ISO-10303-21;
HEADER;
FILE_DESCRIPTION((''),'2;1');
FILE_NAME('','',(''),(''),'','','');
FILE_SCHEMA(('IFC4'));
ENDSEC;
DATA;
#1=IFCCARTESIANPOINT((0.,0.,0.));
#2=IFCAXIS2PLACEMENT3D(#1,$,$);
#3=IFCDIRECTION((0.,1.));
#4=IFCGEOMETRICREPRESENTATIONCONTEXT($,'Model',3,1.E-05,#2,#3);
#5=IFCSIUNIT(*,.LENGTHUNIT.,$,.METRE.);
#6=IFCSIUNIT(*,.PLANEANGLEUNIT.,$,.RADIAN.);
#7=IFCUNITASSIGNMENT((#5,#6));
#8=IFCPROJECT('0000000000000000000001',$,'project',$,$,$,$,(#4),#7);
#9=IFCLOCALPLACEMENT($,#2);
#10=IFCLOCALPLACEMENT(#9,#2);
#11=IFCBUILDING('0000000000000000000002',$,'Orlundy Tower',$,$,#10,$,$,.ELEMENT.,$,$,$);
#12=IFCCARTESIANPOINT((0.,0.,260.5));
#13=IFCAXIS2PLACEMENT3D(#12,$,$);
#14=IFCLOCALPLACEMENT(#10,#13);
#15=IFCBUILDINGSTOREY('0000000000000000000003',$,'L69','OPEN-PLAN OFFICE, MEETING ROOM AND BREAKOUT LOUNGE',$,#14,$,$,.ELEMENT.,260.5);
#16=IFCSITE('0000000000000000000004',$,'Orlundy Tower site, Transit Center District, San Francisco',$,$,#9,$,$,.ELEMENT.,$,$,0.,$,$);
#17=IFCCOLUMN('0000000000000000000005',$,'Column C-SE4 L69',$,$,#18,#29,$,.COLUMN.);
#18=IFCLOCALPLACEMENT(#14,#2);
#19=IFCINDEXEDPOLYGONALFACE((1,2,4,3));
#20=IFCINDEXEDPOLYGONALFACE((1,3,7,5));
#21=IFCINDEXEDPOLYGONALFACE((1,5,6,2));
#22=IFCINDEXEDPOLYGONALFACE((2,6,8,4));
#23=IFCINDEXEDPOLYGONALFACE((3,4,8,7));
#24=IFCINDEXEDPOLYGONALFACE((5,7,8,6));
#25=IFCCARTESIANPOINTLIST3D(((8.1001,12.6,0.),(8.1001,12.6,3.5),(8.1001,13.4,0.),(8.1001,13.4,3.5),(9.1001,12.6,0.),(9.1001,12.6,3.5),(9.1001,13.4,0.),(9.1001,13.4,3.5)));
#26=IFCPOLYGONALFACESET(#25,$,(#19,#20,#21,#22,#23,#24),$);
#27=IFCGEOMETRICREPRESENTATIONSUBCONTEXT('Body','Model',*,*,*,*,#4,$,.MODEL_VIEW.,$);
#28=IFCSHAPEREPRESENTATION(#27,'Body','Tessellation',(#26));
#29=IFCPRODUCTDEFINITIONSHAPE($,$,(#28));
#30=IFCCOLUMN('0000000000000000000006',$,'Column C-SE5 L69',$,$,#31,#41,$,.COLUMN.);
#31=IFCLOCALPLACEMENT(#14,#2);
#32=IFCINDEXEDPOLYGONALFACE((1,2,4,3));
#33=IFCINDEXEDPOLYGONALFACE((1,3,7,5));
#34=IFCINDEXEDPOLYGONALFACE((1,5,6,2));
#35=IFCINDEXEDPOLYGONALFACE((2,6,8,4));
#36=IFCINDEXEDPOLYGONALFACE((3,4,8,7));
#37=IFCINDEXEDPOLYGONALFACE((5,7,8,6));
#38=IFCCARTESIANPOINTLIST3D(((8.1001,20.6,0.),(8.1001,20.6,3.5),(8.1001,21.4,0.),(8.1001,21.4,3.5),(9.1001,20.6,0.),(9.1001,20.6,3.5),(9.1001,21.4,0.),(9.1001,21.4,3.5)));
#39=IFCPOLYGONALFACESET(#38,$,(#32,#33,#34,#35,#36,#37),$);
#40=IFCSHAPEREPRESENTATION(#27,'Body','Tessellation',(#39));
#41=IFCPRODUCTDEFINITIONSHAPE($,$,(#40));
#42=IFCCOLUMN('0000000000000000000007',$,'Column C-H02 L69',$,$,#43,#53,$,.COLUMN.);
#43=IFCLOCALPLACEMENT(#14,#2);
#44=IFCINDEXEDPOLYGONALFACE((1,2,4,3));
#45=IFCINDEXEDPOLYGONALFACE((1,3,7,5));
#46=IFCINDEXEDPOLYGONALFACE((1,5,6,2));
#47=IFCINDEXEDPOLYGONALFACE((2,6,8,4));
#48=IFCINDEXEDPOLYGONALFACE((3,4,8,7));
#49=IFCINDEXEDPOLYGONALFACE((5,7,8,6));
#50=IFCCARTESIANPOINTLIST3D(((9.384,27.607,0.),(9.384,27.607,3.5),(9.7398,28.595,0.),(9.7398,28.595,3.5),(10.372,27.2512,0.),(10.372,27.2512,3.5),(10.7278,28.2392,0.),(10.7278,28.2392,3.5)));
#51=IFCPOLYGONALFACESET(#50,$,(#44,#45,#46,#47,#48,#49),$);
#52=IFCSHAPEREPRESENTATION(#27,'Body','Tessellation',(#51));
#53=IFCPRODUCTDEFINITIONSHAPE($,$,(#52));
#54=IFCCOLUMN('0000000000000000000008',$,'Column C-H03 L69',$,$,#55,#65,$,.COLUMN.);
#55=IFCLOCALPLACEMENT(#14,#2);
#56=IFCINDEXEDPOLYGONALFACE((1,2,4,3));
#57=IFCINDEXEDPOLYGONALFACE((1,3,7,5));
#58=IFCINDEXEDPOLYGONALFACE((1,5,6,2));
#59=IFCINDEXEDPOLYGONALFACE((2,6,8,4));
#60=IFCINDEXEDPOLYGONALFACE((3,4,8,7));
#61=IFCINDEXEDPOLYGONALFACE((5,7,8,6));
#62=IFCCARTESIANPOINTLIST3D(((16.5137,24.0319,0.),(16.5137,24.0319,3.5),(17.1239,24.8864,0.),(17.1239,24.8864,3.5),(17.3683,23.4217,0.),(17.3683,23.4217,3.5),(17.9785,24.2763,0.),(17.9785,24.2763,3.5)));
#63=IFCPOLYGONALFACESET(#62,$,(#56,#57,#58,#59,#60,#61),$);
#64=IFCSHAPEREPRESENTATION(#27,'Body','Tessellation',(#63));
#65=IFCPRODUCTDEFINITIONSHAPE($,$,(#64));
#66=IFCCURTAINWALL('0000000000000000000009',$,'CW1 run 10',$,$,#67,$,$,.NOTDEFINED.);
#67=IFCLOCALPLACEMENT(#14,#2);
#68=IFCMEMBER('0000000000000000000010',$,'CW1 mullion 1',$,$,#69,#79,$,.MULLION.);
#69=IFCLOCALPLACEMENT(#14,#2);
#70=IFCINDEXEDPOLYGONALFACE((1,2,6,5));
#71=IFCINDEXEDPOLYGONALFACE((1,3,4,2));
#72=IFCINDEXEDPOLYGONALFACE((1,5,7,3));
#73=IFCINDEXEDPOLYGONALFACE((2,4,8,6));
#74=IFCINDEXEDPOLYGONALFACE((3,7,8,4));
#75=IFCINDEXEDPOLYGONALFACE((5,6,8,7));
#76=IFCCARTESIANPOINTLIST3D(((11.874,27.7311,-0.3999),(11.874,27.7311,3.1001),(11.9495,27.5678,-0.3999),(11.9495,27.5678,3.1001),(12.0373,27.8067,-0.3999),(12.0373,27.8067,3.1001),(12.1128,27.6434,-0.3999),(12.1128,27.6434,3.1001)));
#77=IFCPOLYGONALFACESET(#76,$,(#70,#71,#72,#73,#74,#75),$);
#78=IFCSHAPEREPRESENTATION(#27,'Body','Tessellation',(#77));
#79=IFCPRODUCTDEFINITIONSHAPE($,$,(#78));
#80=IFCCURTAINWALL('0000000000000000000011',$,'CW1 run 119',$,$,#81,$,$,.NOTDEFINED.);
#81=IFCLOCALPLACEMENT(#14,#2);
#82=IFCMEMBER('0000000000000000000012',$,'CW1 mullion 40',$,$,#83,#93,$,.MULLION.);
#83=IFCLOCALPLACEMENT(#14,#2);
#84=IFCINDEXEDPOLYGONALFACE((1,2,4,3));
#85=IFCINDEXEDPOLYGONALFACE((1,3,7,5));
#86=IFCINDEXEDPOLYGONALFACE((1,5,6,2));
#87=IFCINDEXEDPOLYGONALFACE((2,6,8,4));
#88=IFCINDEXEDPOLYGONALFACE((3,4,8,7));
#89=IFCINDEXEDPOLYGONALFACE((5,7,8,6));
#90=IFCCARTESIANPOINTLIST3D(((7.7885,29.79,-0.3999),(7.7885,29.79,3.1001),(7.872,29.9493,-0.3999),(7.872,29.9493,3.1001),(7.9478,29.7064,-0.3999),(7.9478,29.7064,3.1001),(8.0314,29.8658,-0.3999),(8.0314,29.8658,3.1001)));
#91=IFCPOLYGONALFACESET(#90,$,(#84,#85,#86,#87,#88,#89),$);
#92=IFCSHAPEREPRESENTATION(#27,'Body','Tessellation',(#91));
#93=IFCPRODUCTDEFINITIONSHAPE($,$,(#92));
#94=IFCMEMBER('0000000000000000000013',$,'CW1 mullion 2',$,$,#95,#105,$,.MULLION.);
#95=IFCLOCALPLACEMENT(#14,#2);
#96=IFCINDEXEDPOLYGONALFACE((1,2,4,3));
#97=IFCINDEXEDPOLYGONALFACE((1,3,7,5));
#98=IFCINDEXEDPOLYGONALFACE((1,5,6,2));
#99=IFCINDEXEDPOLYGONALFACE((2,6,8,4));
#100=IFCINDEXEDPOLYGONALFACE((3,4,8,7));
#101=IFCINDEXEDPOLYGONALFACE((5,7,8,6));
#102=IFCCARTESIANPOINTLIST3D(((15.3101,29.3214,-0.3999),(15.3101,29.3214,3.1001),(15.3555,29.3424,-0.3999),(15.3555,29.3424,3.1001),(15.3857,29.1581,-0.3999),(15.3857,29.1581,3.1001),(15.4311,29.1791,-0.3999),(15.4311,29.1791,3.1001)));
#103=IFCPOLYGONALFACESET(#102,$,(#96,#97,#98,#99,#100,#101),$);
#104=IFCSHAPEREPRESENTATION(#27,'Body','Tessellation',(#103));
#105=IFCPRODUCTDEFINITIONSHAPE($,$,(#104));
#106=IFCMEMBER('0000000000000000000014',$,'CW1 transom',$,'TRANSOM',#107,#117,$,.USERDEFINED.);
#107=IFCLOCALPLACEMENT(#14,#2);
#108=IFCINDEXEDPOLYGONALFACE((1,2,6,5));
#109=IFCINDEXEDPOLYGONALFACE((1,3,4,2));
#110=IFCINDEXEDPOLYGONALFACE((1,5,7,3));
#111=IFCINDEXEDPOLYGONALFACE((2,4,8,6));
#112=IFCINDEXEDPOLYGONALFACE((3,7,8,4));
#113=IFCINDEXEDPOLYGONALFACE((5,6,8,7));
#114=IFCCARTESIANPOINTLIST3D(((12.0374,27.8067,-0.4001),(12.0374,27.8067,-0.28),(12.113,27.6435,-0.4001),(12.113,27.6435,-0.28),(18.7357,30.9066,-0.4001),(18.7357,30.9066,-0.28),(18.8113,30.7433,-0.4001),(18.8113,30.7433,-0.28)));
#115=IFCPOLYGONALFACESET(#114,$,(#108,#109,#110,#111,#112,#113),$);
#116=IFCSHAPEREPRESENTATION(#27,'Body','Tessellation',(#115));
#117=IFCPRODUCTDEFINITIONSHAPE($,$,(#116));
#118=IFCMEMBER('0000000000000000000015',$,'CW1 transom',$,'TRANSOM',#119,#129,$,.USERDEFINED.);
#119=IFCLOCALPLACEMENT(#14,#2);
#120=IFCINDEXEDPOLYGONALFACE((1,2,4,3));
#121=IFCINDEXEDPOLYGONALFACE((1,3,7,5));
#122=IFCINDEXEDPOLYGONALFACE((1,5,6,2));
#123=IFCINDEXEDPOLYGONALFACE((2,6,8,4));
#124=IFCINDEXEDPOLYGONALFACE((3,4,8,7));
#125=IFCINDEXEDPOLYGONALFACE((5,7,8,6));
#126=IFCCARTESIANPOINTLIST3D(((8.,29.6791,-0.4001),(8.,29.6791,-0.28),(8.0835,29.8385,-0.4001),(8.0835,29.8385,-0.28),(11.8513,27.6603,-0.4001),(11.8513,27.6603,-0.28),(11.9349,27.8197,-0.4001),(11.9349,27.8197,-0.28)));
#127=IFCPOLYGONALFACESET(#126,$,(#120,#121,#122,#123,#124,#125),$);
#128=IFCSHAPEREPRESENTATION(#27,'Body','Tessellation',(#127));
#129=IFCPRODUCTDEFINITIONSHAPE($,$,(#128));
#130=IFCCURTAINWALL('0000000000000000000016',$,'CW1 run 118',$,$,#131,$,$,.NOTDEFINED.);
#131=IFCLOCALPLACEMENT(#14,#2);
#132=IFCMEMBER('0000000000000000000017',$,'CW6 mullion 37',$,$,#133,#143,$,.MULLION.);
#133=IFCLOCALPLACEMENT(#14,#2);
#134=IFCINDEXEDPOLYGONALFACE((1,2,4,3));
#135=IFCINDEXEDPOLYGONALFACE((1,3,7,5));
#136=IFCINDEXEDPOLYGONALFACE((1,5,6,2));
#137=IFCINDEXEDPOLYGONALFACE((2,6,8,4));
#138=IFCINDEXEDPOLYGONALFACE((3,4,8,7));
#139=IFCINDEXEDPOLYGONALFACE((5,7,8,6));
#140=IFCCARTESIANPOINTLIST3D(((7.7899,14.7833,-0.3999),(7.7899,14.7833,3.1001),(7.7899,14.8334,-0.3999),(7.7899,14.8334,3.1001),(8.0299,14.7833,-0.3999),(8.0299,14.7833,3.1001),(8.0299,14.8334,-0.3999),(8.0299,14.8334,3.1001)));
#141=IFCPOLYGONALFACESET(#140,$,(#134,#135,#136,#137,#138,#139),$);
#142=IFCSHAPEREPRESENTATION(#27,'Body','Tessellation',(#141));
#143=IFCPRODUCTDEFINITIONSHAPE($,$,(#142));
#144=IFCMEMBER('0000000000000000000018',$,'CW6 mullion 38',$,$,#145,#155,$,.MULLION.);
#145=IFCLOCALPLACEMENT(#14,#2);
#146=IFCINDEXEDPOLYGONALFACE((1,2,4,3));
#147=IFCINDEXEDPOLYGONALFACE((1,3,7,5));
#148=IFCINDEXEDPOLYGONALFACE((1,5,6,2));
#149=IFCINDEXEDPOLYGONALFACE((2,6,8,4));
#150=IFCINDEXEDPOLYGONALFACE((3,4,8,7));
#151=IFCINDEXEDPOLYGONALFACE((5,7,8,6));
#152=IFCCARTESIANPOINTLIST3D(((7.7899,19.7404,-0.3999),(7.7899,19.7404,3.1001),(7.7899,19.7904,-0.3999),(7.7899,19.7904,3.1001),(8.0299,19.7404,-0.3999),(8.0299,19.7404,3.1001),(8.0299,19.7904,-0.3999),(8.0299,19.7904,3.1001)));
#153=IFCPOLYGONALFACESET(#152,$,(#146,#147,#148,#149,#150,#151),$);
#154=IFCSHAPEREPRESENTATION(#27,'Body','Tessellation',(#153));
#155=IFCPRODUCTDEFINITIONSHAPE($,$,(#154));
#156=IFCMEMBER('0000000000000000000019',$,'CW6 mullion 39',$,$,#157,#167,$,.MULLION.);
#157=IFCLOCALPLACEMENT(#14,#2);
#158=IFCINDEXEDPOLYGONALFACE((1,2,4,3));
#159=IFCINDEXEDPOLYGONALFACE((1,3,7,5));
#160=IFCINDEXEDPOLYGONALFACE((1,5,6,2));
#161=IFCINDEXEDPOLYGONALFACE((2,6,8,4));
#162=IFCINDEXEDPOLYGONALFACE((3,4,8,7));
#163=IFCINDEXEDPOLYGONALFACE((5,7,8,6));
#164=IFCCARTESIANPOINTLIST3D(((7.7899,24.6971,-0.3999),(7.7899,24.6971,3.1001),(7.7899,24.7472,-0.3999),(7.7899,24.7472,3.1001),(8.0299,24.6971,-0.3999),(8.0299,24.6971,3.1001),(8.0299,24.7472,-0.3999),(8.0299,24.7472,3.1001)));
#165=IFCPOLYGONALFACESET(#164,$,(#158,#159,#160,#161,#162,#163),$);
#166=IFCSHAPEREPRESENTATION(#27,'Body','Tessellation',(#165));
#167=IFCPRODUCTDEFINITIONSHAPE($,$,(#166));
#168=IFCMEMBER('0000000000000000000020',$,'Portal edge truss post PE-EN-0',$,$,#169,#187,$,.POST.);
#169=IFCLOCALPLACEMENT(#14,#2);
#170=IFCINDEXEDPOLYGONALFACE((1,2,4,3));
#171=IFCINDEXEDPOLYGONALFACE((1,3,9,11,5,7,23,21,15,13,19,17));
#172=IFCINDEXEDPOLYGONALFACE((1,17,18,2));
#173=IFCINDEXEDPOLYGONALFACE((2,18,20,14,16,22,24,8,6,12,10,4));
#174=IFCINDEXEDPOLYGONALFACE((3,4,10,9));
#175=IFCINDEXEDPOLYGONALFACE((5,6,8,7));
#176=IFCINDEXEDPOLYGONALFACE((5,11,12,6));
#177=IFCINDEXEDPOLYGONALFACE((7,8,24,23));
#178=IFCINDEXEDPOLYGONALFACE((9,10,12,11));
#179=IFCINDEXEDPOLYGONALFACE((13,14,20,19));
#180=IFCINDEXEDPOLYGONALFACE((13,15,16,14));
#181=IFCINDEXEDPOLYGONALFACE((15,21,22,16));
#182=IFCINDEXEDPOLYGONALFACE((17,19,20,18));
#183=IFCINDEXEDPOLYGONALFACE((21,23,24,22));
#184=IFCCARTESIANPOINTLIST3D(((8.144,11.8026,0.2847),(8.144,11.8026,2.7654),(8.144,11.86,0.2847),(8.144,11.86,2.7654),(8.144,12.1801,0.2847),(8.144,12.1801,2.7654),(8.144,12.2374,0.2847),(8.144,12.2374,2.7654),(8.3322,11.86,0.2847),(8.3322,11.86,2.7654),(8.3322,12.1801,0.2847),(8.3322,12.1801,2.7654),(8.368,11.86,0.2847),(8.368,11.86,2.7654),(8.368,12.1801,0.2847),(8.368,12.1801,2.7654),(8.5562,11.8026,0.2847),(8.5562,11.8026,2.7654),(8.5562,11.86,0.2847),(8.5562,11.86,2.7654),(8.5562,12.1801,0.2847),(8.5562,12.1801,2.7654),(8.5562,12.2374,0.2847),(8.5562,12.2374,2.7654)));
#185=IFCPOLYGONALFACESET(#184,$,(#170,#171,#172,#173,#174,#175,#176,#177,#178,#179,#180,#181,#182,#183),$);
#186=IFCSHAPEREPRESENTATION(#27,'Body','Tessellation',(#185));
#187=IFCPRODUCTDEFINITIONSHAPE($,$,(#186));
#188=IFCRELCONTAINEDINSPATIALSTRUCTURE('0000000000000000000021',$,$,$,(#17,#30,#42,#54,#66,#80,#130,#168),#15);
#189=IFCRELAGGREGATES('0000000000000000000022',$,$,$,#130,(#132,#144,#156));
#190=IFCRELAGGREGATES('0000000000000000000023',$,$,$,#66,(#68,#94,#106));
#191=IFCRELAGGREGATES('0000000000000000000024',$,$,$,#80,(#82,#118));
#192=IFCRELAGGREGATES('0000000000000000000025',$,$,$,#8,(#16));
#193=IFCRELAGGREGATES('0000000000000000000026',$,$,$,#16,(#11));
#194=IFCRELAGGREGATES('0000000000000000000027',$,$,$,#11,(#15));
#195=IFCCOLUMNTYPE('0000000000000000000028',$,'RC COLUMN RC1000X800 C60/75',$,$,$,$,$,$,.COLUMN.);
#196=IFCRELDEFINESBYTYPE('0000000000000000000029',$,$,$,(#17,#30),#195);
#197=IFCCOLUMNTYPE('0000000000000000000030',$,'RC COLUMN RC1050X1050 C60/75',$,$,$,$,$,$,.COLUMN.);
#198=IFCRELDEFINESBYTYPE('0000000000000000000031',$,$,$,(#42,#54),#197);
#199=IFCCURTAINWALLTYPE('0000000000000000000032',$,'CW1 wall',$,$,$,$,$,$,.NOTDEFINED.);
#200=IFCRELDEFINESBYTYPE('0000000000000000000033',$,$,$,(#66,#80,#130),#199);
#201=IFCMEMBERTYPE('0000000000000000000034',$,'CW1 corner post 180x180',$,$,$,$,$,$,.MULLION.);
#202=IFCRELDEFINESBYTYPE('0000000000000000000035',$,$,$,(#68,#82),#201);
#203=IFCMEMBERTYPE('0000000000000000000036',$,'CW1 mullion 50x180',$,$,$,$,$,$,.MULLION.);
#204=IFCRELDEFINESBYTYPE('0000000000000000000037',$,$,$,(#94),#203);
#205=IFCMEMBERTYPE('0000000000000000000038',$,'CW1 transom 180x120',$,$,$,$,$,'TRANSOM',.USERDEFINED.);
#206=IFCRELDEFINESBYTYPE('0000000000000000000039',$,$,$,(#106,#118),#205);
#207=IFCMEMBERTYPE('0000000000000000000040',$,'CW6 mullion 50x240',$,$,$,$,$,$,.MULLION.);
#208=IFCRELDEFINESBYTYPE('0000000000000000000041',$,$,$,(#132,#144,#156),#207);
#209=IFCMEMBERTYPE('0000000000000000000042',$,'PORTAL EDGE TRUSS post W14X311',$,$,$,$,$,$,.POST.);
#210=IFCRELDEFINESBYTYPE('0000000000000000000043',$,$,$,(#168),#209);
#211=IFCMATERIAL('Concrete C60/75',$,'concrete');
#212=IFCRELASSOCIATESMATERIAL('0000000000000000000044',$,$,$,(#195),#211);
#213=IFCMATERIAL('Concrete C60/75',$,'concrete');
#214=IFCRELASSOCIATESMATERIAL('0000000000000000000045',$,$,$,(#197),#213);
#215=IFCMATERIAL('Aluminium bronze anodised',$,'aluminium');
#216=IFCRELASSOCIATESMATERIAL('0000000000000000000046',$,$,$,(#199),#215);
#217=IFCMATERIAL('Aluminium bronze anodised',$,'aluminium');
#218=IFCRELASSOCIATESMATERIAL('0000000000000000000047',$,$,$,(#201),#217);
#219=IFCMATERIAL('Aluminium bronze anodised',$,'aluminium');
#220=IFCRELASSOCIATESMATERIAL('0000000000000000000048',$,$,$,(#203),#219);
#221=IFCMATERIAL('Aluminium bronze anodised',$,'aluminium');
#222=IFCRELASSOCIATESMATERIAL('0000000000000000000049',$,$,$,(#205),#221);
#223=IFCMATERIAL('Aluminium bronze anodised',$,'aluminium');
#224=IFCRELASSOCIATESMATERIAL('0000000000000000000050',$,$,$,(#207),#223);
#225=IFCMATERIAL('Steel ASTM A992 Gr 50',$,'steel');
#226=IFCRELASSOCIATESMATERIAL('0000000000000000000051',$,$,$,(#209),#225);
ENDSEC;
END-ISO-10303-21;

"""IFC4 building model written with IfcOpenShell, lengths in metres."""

from ifc_helpers import new_model, si_unit, direction, frame, origin, origin_2d, place, context, subcontext, project, spatial, rectangle, i_section, extrude, material, material_profile, profile_set, type_object, element, aggregate, save


model = new_model("IFC4")

# Units and contexts
model_context = context("Model", 3, precision=1e-05, world=origin(), true_north=direction((0.0, 1.0)))
body_context = subcontext(model_context, "Body", "Model", "MODEL_VIEW")
ifc_project = project(units=[si_unit("LENGTHUNIT", "METRE"), si_unit("PLANEANGLEUNIT", "RADIAN")], contexts=[model_context])

# Site, building, storey
site_placement = place(None, origin())
site = spatial("IfcSite", under=ifc_project, at=site_placement, Name="Orlundy Tower site, Transit Center District, San Francisco", CompositionType="ELEMENT", RefElevation=0.0)
building_placement = place(site_placement, origin())
building = spatial("IfcBuilding", under=site, at=building_placement, Name="Orlundy Tower", CompositionType="ELEMENT")
storey_placement = place(building_placement, frame((0.0, 0.0, 260.5)))
storey = spatial("IfcBuildingStorey", under=building, at=storey_placement, Name="L69", Description="OPEN-PLAN OFFICE, MEETING ROOM AND BREAKOUT LOUNGE", CompositionType="ELEMENT", Elevation=260.5)

# Columns
ifc_material_1 = material(Name="Concrete C60/75", Category="concrete")
ifc_material_profile_1 = material_profile(ifc_material_1, rectangle(XDim=1.0, YDim=0.8, at=origin_2d()), Name="RC1000X800")
ifc_profile_set_1 = profile_set([ifc_material_profile_1], Name="Concrete C60/75")
column_type_1 = type_object("IfcColumnType", Name="RC COLUMN RC1000X800 C60/75", PredefinedType="COLUMN", material=ifc_profile_set_1)
for number, where, z_axis, x_axis, name in (
    (1, (8.6001, 13.0, 0.0), (0.0, 0.0, 1.0), (1.0, 0.0, 0.0), "Column C-SE4 L69"),
    (2, (8.6001, 21.0, 0.0), (0.0, 0.0, 1.0), (1.0, 0.0, 0.0), "Column C-SE5 L69"),
):
    element("IfcColumn", number, at=place(storey_placement, frame(where, z_axis=z_axis, x_axis=x_axis)), inside=storey, type_object=column_type_1, Name=name, PredefinedType="COLUMN", context=body_context, shape_type="SweptSolid", body=[
        extrude(rectangle(XDim=1.0, YDim=0.8, at=origin_2d()), origin(), (0.0, 0.0, 1.0), 3.5),
    ])
ifc_material_2 = material(Name="Concrete C60/75", Category="concrete")
ifc_material_profile_2 = material_profile(ifc_material_2, rectangle(XDim=1.05, YDim=1.05, at=origin_2d()), Name="RC1050X1050")
ifc_profile_set_2 = profile_set([ifc_material_profile_2], Name="Concrete C60/75")
column_type_2 = type_object("IfcColumnType", Name="RC COLUMN RC1050X1050 C60/75", PredefinedType="COLUMN", material=ifc_profile_set_2)
for number, where, z_axis, x_axis, name in (
    (3, (10.0559, 27.9231, 0.0), (0.0, 0.0, 1.0), (0.338836, 0.940845, 0.0), "Column C-H02 L69"),
    (4, (17.2461, 24.1541, 0.0), (0.0, 0.0, 1.0), (0.581087, 0.813842, 0.0), "Column C-H03 L69"),
):
    element("IfcColumn", number, at=place(storey_placement, frame(where, z_axis=z_axis, x_axis=x_axis)), inside=storey, type_object=column_type_2, Name=name, PredefinedType="COLUMN", context=body_context, shape_type="SweptSolid", body=[
        extrude(rectangle(XDim=1.05, YDim=1.05, at=origin_2d()), origin(), (0.0, 0.0, 1.0), 3.5),
    ])

# Curtain walls, members
ifc_material_3 = material(Name="Aluminium bronze anodised", Category="aluminium")
curtain_wall_type = type_object("IfcCurtainWallType", Name="CW1 wall", PredefinedType="NOTDEFINED", material=ifc_material_3)
curtain_wall_1_placement = place(storey_placement, origin())
curtain_wall_1 = element("IfcCurtainWall", 5, at=curtain_wall_1_placement, inside=storey, type_object=curtain_wall_type, Name="CW1 run 10", PredefinedType="NOTDEFINED")
ifc_material_4 = material(Name="Aluminium bronze anodised", Category="aluminium")
ifc_material_profile_3 = material_profile(ifc_material_4, rectangle(XDim=0.1799, YDim=0.1799, at=origin_2d()), Name="CW1 corner post 180x180")
ifc_profile_set_3 = profile_set([ifc_material_profile_3], Name="Aluminium bronze anodised")
member_type_1 = type_object("IfcMemberType", Name="CW1 corner post 180x180", PredefinedType="MULLION", material=ifc_profile_set_3)
member_1_placement = place(storey_placement, frame((11.9934, 27.6873, -0.3999), z_axis=(0.0, 0.0, 1.0), x_axis=(-0.419976, 0.907535, 0.0)))
member_1 = element("IfcMember", 6, at=member_1_placement, type_object=member_type_1, Name="CW1 mullion 1", PredefinedType="MULLION", context=body_context, shape_type="SweptSolid", body=[
    extrude(rectangle(XDim=0.1799, YDim=0.1799, at=origin_2d()), origin(), (0.0, 0.0, 1.0), 3.5),
])
curtain_wall_2_placement = place(storey_placement, origin())
curtain_wall_2 = element("IfcCurtainWall", 7, at=curtain_wall_2_placement, inside=storey, type_object=curtain_wall_type, Name="CW1 run 119", PredefinedType="NOTDEFINED")
member_2_placement = place(storey_placement, frame((7.9099, 29.8279, -0.3999), z_axis=(0.0, 0.0, 1.0), x_axis=(0.464264, 0.885697, 0.0)))
member_2 = element("IfcMember", 8, at=member_2_placement, type_object=member_type_1, Name="CW1 mullion 40", PredefinedType="MULLION", context=body_context, shape_type="SweptSolid", body=[
    extrude(rectangle(XDim=0.1799, YDim=0.1799, at=origin_2d()), origin(), (0.0, 0.0, 1.0), 3.5),
])

# Members
ifc_material_5 = material(Name="Aluminium bronze anodised", Category="aluminium")
ifc_material_profile_4 = material_profile(ifc_material_5, rectangle(XDim=0.1799, YDim=0.05, at=origin_2d()), Name="CW1 mullion 50x180")
ifc_profile_set_4 = profile_set([ifc_material_profile_4], Name="Aluminium bronze anodised")
member_type_2 = type_object("IfcMemberType", Name="CW1 mullion 50x180", PredefinedType="MULLION", material=ifc_profile_set_4)
member_3_placement = place(storey_placement, frame((15.3706, 29.2502, -0.3999), z_axis=(0.0, 0.0, 1.0), x_axis=(-0.419976, 0.907535, 0.0)))
member_3 = element("IfcMember", 9, at=member_3_placement, type_object=member_type_2, Name="CW1 mullion 2", PredefinedType="MULLION", context=body_context, shape_type="SweptSolid", body=[
    extrude(rectangle(XDim=0.1799, YDim=0.05, at=origin_2d()), origin(), (0.0, 0.0, 1.0), 3.5),
])
ifc_material_6 = material(Name="Aluminium bronze anodised", Category="aluminium")
ifc_material_profile_5 = material_profile(ifc_material_6, rectangle(XDim=0.1799, YDim=0.1201, at=origin_2d()), Name="CW1 transom 180x120")
ifc_profile_set_5 = profile_set([ifc_material_profile_5], Name="Aluminium bronze anodised")
member_type_3 = type_object("IfcMemberType", Name="CW1 transom 180x120", ElementType="TRANSOM", PredefinedType="USERDEFINED", material=ifc_profile_set_5)
member_4_placement = place(storey_placement, frame((12.0752, 27.7251, -0.3401), z_axis=(0.907528, 0.419991, 0.0), x_axis=(-0.419991, 0.907528, 0.0)))
member_4 = element("IfcMember", 10, at=member_4_placement, type_object=member_type_3, Name="CW1 transom", ObjectType="TRANSOM", PredefinedType="USERDEFINED", context=body_context, shape_type="SweptSolid", body=[
    extrude(rectangle(XDim=0.1799, YDim=0.1201, at=origin_2d()), origin(), (0.0, 0.0, 1.0), 7.3809),
])
member_5_placement = place(storey_placement, frame((8.0417, 29.7588, -0.3401), z_axis=(0.885695, -0.464267, 0.0), x_axis=(0.464267, 0.885695, 0.0)))
member_5 = element("IfcMember", 11, at=member_5_placement, type_object=member_type_3, Name="CW1 transom", ObjectType="TRANSOM", PredefinedType="USERDEFINED", context=body_context, shape_type="SweptSolid", body=[
    extrude(rectangle(XDim=0.1799, YDim=0.1201, at=origin_2d()), origin(), (0.0, 0.0, 1.0), 4.3484),
])

# Curtain wall, members
curtain_wall_3_placement = place(storey_placement, origin())
curtain_wall_3 = element("IfcCurtainWall", 12, at=curtain_wall_3_placement, inside=storey, type_object=curtain_wall_type, Name="CW1 run 118", PredefinedType="NOTDEFINED")
ifc_material_7 = material(Name="Aluminium bronze anodised", Category="aluminium")
ifc_material_profile_6 = material_profile(ifc_material_7, rectangle(XDim=0.24, YDim=0.05, at=origin_2d()), Name="CW6 mullion 50x240")
ifc_profile_set_6 = profile_set([ifc_material_profile_6], Name="Aluminium bronze anodised")
member_type_4 = type_object("IfcMemberType", Name="CW6 mullion 50x240", PredefinedType="MULLION", material=ifc_profile_set_6)
member_6_placement = place(storey_placement, frame((7.9099, 14.8083, -0.3999), z_axis=(0.0, 0.0, 1.0), x_axis=(-1.0, 0.0, 0.0)))
member_6 = element("IfcMember", 13, at=member_6_placement, type_object=member_type_4, Name="CW6 mullion 37", PredefinedType="MULLION", context=body_context, shape_type="SweptSolid", body=[
    extrude(rectangle(XDim=0.24, YDim=0.05, at=origin_2d()), origin(), (0.0, 0.0, 1.0), 3.5),
])
member_7_placement = place(storey_placement, frame((7.9099, 19.7654, -0.3999), z_axis=(0.0, 0.0, 1.0), x_axis=(-1.0, 0.0, 0.0)))
member_7 = element("IfcMember", 14, at=member_7_placement, type_object=member_type_4, Name="CW6 mullion 38", PredefinedType="MULLION", context=body_context, shape_type="SweptSolid", body=[
    extrude(rectangle(XDim=0.24, YDim=0.05, at=origin_2d()), origin(), (0.0, 0.0, 1.0), 3.5),
])
member_8_placement = place(storey_placement, frame((7.9099, 24.7222, -0.3999), z_axis=(0.0, 0.0, 1.0), x_axis=(-1.0, 0.0, 0.0)))
member_8 = element("IfcMember", 15, at=member_8_placement, type_object=member_type_4, Name="CW6 mullion 39", PredefinedType="MULLION", context=body_context, shape_type="SweptSolid", body=[
    extrude(rectangle(XDim=0.24, YDim=0.05, at=origin_2d()), origin(), (0.0, 0.0, 1.0), 3.5),
])
aggregate(curtain_wall_3, [member_6, member_7, member_8])

# Member
ifc_material_8 = material(Name="Steel ASTM A992 Gr 50", Category="steel")
ifc_material_profile_7 = material_profile(ifc_material_8, i_section(OverallWidth=0.4121, OverallDepth=0.4348, WebThickness=0.0359, FlangeThickness=0.0574, at=origin_2d()), Name="W14X311")
ifc_profile_set_7 = profile_set([ifc_material_profile_7], Name="Steel ASTM A992 Gr 50")
member_type_5 = type_object("IfcMemberType", Name="PORTAL EDGE TRUSS post W14X311", PredefinedType="POST", material=ifc_profile_set_7)
for number, where, z_axis, x_axis, name in (
    (16, (8.3501, 12.02, 0.2847), (0.0, 0.0, 1.0), (1.0, 0.0, 0.0), "Portal edge truss post PE-EN-0"),
):
    element("IfcMember", number, at=place(storey_placement, frame(where, z_axis=z_axis, x_axis=x_axis)), inside=storey, type_object=member_type_5, Name=name, PredefinedType="POST", context=body_context, shape_type="SweptSolid", body=[
        extrude(i_section(OverallWidth=0.4121, OverallDepth=0.4348, WebThickness=0.0359, FlangeThickness=0.0574, at=origin_2d()), origin(), (0.0, 0.0, 1.0), 2.4807),
    ])

aggregate(curtain_wall_1, [member_1, member_3, member_4])
aggregate(curtain_wall_2, [member_2, member_5])

save(model, "model.ifc")
